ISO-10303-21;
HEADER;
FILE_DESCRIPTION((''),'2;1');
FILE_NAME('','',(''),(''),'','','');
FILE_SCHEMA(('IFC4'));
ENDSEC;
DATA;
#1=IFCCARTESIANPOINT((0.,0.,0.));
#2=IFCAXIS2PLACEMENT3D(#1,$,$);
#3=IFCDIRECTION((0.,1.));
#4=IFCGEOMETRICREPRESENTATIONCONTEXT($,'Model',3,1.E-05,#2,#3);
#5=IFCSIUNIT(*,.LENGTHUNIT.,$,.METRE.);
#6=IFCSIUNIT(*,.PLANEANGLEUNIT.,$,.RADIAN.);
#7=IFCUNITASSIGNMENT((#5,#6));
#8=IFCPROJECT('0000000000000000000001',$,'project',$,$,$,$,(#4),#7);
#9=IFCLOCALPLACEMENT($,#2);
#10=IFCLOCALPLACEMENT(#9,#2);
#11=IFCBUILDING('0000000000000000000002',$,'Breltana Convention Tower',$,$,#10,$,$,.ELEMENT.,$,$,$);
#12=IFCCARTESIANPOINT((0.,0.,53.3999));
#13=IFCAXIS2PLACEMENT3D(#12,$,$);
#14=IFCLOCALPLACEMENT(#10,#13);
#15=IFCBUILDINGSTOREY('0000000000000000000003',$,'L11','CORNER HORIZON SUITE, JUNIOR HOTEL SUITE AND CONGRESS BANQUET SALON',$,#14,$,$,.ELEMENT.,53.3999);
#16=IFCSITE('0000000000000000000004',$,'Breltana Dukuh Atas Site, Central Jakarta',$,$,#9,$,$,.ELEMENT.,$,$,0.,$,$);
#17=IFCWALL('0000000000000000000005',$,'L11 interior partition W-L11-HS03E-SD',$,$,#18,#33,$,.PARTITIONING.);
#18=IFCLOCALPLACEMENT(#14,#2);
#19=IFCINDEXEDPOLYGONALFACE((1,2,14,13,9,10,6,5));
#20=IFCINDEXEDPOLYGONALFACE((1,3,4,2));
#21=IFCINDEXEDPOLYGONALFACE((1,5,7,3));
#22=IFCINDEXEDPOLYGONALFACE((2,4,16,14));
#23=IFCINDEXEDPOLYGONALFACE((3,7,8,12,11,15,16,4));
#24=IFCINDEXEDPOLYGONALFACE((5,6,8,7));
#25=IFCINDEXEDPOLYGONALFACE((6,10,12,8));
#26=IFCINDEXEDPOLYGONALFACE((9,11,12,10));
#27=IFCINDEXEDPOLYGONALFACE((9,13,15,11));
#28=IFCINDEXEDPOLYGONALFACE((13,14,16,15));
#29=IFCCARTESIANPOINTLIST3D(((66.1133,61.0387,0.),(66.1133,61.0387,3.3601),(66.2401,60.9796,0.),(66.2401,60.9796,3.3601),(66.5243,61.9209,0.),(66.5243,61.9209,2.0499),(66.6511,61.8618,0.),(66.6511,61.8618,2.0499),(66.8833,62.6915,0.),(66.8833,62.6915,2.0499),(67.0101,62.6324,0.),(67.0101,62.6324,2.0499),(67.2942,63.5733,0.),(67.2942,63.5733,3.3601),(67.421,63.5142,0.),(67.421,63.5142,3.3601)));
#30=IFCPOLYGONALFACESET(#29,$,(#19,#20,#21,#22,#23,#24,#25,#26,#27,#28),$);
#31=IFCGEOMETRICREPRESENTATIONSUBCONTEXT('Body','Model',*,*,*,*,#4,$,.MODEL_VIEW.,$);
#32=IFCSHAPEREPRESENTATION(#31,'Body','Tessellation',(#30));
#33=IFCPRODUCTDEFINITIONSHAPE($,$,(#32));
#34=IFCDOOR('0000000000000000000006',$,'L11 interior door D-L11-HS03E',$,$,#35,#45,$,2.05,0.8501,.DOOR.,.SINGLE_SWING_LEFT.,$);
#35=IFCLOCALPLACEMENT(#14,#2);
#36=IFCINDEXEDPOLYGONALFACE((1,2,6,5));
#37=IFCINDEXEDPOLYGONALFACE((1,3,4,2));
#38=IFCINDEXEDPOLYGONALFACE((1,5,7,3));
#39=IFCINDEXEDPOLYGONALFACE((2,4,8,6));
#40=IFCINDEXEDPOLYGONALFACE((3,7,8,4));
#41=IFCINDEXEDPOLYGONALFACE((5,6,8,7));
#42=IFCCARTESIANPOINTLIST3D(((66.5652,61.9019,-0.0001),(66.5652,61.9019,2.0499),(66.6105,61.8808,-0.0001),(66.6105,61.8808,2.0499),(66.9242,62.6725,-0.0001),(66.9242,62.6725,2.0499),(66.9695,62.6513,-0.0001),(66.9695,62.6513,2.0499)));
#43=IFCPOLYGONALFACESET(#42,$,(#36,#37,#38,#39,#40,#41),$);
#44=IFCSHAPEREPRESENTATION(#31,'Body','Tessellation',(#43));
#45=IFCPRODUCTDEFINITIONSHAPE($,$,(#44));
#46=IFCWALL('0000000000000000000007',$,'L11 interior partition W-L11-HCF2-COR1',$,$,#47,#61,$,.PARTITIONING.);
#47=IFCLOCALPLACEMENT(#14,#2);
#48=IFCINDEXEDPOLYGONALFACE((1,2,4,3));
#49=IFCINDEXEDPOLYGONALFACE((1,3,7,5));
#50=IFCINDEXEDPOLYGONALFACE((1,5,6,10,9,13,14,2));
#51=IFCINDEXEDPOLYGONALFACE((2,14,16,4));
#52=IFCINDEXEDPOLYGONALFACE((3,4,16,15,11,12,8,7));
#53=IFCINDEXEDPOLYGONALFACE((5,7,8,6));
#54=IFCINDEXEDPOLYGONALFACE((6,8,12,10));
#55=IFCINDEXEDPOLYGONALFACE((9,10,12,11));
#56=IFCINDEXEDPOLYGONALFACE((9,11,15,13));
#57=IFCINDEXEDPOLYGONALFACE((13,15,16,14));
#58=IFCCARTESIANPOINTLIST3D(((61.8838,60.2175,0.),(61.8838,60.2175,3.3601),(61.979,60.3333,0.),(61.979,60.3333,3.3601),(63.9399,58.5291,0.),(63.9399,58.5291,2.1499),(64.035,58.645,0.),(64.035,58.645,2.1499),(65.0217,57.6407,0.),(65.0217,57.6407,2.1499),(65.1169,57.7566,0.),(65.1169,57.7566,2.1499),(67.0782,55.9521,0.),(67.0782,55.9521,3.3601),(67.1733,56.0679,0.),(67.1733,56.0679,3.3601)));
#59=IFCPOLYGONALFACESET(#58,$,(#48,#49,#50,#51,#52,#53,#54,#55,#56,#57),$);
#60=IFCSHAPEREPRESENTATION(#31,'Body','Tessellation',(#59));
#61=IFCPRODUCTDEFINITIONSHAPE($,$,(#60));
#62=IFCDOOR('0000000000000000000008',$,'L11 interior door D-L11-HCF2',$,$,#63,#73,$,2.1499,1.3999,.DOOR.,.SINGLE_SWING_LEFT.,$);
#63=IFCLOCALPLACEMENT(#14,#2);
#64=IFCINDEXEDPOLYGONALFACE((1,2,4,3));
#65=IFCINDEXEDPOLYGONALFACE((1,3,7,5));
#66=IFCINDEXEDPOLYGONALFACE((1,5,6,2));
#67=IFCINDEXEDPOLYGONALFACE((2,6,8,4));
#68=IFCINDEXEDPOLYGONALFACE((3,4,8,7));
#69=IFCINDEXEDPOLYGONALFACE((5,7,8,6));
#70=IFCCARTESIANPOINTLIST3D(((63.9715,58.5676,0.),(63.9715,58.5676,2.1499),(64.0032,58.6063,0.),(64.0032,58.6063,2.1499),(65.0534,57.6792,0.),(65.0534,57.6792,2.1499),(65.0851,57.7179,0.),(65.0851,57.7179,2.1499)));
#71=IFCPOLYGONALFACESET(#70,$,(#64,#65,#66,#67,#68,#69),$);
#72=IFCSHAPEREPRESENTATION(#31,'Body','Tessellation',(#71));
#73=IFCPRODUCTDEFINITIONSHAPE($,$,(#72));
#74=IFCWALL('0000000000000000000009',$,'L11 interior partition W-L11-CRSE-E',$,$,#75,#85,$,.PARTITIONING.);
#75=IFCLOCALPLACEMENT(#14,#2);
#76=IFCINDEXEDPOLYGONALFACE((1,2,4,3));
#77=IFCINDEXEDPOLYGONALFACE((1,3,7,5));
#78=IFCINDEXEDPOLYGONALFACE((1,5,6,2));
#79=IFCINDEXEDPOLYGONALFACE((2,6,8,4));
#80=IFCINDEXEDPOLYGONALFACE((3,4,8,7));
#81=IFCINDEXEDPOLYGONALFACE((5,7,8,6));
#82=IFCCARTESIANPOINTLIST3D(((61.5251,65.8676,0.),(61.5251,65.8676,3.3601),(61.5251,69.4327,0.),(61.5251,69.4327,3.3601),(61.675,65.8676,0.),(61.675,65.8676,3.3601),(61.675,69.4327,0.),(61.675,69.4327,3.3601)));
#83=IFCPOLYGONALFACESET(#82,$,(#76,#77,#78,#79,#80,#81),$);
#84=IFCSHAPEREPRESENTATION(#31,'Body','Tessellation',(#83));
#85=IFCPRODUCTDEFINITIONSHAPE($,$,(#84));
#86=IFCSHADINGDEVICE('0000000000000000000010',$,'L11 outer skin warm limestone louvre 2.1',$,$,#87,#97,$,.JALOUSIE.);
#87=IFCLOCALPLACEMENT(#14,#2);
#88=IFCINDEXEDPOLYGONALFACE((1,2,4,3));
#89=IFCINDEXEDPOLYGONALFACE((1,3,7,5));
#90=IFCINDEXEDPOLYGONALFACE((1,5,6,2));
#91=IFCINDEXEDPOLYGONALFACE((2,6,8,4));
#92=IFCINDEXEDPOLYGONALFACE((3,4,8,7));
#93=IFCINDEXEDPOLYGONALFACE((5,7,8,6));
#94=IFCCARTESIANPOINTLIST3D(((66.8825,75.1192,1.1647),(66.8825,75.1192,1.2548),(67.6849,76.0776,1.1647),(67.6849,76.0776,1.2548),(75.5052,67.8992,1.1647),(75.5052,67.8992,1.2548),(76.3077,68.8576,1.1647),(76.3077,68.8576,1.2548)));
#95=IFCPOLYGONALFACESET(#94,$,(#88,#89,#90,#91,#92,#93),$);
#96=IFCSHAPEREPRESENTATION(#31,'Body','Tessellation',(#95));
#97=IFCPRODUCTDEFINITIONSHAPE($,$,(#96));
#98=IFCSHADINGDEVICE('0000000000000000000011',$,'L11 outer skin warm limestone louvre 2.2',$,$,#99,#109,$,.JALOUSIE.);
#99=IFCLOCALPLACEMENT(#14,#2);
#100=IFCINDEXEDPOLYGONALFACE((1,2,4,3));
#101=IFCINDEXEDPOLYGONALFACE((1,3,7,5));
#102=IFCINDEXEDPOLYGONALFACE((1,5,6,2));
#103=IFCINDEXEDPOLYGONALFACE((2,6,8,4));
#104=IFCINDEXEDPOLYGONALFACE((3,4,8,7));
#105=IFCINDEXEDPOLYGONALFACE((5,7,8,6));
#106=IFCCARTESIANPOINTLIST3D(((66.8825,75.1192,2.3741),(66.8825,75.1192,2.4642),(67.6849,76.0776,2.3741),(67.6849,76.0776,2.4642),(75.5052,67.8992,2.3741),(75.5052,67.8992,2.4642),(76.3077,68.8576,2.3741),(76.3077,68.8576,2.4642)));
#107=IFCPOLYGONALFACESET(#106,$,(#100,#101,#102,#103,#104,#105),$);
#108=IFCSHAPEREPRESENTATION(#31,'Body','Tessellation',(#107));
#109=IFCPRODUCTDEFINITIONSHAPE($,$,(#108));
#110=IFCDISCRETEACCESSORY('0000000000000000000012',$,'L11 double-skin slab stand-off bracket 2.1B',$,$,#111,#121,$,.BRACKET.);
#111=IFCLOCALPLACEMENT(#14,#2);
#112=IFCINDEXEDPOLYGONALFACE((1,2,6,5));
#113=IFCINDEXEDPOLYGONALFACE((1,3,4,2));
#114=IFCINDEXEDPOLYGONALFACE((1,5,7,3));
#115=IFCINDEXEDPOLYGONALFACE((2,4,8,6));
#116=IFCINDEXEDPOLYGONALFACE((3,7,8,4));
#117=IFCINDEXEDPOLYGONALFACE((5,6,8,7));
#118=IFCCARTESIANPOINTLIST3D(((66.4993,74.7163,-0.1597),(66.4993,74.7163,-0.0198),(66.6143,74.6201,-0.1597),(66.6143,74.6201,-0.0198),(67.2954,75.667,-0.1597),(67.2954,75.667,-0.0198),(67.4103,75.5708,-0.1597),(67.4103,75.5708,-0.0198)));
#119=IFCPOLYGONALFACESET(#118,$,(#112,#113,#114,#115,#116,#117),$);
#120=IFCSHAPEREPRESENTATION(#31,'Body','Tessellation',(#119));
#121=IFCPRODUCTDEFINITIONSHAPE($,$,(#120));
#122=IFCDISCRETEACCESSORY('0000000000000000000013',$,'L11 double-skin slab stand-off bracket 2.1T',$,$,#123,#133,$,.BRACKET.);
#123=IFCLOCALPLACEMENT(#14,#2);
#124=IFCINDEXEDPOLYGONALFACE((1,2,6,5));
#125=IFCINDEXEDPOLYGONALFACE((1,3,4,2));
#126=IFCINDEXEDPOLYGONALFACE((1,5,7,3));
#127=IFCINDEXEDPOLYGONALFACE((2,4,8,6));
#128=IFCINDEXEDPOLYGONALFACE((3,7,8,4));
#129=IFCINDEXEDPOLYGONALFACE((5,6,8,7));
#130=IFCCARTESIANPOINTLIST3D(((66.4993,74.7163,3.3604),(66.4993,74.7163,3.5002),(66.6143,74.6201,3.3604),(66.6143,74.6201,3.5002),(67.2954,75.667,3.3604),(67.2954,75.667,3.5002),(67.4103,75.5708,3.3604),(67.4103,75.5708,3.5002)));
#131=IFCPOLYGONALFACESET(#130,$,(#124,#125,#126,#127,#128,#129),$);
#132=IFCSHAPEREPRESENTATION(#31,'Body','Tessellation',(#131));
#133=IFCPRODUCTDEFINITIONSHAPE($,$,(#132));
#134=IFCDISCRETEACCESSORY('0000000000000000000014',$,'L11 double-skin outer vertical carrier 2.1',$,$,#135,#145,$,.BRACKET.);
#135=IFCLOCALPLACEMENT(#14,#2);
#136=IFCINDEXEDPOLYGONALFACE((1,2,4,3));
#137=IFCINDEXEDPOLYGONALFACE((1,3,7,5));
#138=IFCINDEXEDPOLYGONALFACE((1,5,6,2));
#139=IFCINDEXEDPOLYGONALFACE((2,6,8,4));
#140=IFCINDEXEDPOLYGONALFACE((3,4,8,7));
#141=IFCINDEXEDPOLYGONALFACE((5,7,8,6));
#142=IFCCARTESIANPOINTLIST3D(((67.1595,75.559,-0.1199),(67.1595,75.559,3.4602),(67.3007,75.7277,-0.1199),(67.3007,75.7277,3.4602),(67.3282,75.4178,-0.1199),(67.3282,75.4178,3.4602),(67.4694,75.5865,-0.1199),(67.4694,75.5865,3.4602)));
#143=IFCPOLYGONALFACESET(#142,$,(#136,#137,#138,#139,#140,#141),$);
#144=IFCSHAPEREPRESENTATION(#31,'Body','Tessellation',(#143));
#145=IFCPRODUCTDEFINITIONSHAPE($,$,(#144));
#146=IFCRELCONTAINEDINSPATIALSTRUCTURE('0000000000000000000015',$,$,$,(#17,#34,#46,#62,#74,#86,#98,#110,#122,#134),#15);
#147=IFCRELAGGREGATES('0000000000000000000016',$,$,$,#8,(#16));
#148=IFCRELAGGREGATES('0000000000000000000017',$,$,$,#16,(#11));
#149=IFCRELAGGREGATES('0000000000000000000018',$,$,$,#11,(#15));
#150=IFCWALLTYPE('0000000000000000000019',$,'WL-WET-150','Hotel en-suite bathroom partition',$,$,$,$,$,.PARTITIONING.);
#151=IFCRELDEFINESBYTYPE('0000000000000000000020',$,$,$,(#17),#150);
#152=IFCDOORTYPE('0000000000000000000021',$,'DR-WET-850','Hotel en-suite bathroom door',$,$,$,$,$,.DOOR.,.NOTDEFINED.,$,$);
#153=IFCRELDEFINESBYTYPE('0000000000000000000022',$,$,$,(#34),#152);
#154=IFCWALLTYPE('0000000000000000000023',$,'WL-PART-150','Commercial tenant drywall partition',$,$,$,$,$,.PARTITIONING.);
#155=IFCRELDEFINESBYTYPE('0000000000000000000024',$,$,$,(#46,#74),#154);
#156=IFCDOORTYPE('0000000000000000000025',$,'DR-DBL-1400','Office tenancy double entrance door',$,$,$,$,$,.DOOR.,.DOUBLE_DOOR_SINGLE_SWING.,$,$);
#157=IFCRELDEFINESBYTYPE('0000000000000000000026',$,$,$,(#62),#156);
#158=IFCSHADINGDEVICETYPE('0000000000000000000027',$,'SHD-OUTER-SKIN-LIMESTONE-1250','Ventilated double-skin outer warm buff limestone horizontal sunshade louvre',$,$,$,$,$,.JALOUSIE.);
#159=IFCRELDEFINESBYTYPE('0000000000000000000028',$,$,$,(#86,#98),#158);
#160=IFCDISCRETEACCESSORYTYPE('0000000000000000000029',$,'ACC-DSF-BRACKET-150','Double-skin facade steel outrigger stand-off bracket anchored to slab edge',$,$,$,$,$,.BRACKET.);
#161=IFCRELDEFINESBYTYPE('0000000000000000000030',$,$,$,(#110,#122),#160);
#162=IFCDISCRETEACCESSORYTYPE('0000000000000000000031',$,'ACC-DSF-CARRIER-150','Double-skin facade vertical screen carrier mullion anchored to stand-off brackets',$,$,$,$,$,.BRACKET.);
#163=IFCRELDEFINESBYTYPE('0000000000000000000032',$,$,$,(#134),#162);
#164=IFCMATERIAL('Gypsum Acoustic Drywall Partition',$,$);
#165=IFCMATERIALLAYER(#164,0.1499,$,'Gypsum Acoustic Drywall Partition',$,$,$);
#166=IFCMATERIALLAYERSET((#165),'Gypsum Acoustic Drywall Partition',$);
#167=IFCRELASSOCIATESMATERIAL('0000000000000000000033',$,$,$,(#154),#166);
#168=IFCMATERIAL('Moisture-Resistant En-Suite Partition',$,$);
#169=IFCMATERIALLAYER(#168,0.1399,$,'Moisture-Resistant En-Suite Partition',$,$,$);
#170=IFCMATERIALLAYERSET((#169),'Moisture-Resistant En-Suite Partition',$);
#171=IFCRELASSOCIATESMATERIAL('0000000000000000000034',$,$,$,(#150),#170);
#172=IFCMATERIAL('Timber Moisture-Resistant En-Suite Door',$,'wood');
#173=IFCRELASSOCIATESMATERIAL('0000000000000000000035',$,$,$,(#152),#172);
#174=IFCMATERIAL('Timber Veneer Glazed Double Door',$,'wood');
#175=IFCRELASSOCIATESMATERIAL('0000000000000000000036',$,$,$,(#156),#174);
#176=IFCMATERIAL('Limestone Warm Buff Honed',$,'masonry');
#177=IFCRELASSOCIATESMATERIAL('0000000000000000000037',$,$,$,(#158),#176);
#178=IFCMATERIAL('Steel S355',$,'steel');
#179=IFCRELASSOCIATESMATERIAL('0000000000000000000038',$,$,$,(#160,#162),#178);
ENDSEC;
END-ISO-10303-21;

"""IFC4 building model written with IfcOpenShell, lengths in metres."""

from ifc_helpers import new_model, si_unit, direction, frame, frame_2d, origin, origin_2d, place, context, subcontext, project, spatial, rectangle, extrude, source, transform, mapped, material, layer, layer_set, material_profile, profile_set, type_object, type_shapes, element, fill, save


model = new_model("IFC4")

# Units and contexts
model_context = context("Model", 3, precision=1e-05, world=origin(), true_north=direction((0.0, 1.0)))
body_context = subcontext(model_context, "Body", "Model", "MODEL_VIEW")
ifc_project = project(units=[si_unit("LENGTHUNIT", "METRE"), si_unit("PLANEANGLEUNIT", "RADIAN")], contexts=[model_context])

# Site, building, storey
site_placement = place(None, origin())
site = spatial("IfcSite", under=ifc_project, at=site_placement, Name="Breltana Dukuh Atas Site, Central Jakarta", CompositionType="ELEMENT", RefElevation=0.0)
building_placement = place(site_placement, origin())
building = spatial("IfcBuilding", under=site, at=building_placement, Name="Breltana Convention Tower", CompositionType="ELEMENT")
storey_placement = place(building_placement, frame((0.0, 0.0, 53.3999)))
storey = spatial("IfcBuildingStorey", under=building, at=storey_placement, Name="L11", Description="CORNER HORIZON SUITE, JUNIOR HOTEL SUITE AND CONGRESS BANQUET SALON", CompositionType="ELEMENT", Elevation=53.3999)

# Shared definitions
ifc_material_1 = material(Name="Gypsum Acoustic Drywall Partition")
ifc_layer_1 = layer(ifc_material_1, 0.1499, Name="Gypsum Acoustic Drywall Partition")
ifc_layer_set_1 = layer_set([ifc_layer_1], Name="Gypsum Acoustic Drywall Partition")
wall_type_1 = type_object("IfcWallType", Name="WL-PART-150", Description="Commercial tenant drywall partition", PredefinedType="PARTITIONING", material=ifc_layer_set_1)

# Shared definitions
ifc_material_2 = material(Name="Moisture-Resistant En-Suite Partition")
ifc_layer_2 = layer(ifc_material_2, 0.1399, Name="Moisture-Resistant En-Suite Partition")
ifc_layer_set_2 = layer_set([ifc_layer_2], Name="Moisture-Resistant En-Suite Partition")
wall_type_2 = type_object("IfcWallType", Name="WL-WET-150", Description="Hotel en-suite bathroom partition", PredefinedType="PARTITIONING", material=ifc_layer_set_2)

# Walls, openings, doors
shared_shape_1 = source(origin(), body_context, "Body", "SweptSolid", [
    extrude(rectangle(XDim=2.7961, YDim=0.1399, at=frame_2d((1.3979, 0.0))), origin(), (0.0, 0.0, 1.0), 3.3601),
])
wall_1_placement = place(storey_placement, frame((66.1768, 61.0093, 0.0), z_axis=(0.0, 0.0, 1.0), x_axis=(0.422317, 0.906448, 0.0)))
wall_1 = element("IfcWall", 1, at=wall_1_placement, inside=storey, type_object=wall_type_2, Name="L11 interior partition W-L11-HS03E-SD", PredefinedType="PARTITIONING", context=body_context, shape_type="MappedRepresentation", body=[
    mapped(shared_shape_1, transform((0.0, 0.0, 0.0), scale=1.0)),
])
opening_1_placement = place(wall_1_placement, frame((0.9731, 0.0, 0.0)))
opening_1 = element("IfcOpeningElement", 2, at=opening_1_placement, cuts=wall_1, PredefinedType="OPENING", context=body_context, shape_type="SweptSolid", body=[
    extrude(rectangle(XDim=0.8501, YDim=2.05, at=frame_2d((0.425, 1.0249))), frame((0.0, 0.0801, 0.0), z_axis=(0.0, -1.0, 0.0), x_axis=(1.0, 0.0, 0.0)), (0.0, 0.0, 1.0), 0.1599),
])
ifc_material_3 = material(Name="Timber Moisture-Resistant En-Suite Door", Category="wood")
door_type_1 = type_object("IfcDoorType", Name="DR-WET-850", Description="Hotel en-suite bathroom door", OperationType="NOTDEFINED", PredefinedType="DOOR", material=ifc_material_3)
shared_shape_2 = source(origin(), body_context, "Body", "SweptSolid", [
    extrude(rectangle(XDim=0.8501, YDim=2.05, at=frame_2d((0.425, 1.0249))), frame((0.0, 0.0249, 0.0), z_axis=(0.0, -1.0, 0.0), x_axis=(1.0, 0.0, 0.0)), (0.0, 0.0, 1.0), 0.05),
])
type_shapes(door_type_1, [shared_shape_2])
door_1_placement = place(opening_1_placement, origin())
door_1 = element("IfcDoor", 3, at=door_1_placement, inside=storey, type_object=door_type_1, Name="L11 interior door D-L11-HS03E", OperationType="SINGLE_SWING_LEFT", OverallHeight=2.05, OverallWidth=0.8501, PredefinedType="DOOR", context=body_context, shape_type="MappedRepresentation", body=[
    mapped(shared_shape_2, transform((0.0, 0.0, 0.0), scale=1.0)),
])
fill(opening_1, door_1)
shared_shape_3 = source(origin(), body_context, "Body", "SweptSolid", [
    extrude(rectangle(XDim=6.7212, YDim=0.1499, at=frame_2d((3.3606, 0.0))), origin(), (0.0, 0.0, 1.0), 3.3601),
])
wall_2_placement = place(storey_placement, frame((61.9314, 60.2754, 0.0), z_axis=(0.0, 0.0, 1.0), x_axis=(0.772828, -0.634615, 0.0)))
wall_2 = element("IfcWall", 4, at=wall_2_placement, inside=storey, type_object=wall_type_1, Name="L11 interior partition W-L11-HCF2-COR1", PredefinedType="PARTITIONING", context=body_context, shape_type="MappedRepresentation", body=[
    mapped(shared_shape_3, transform((0.0, 0.0, 0.0), scale=1.0)),
])
opening_2_placement = place(wall_2_placement, frame((2.6604, 0.0, 0.0)))
opening_2 = element("IfcOpeningElement", 5, at=opening_2_placement, cuts=wall_2, PredefinedType="OPENING", context=body_context, shape_type="SweptSolid", body=[
    extrude(rectangle(XDim=1.3999, YDim=2.1499, at=frame_2d((0.7, 1.075))), frame((0.0, 0.085, 0.0), z_axis=(0.0, -1.0, 0.0), x_axis=(1.0, 0.0, 0.0)), (0.0, 0.0, 1.0), 0.1699),
])
ifc_material_4 = material(Name="Timber Veneer Glazed Double Door", Category="wood")
door_type_2 = type_object("IfcDoorType", Name="DR-DBL-1400", Description="Office tenancy double entrance door", OperationType="DOUBLE_DOOR_SINGLE_SWING", PredefinedType="DOOR", material=ifc_material_4)
shared_shape_4 = source(origin(), body_context, "Body", "SweptSolid", [
    extrude(rectangle(XDim=1.3999, YDim=2.1499, at=frame_2d((0.7, 1.075))), frame((0.0, 0.0249, 0.0), z_axis=(0.0, -1.0, 0.0), x_axis=(1.0, 0.0, 0.0)), (0.0, 0.0, 1.0), 0.05),
])
type_shapes(door_type_2, [shared_shape_4])
door_2_placement = place(opening_2_placement, origin())
door_2 = element("IfcDoor", 6, at=door_2_placement, inside=storey, type_object=door_type_2, Name="L11 interior door D-L11-HCF2", OperationType="SINGLE_SWING_LEFT", OverallHeight=2.1499, OverallWidth=1.3999, PredefinedType="DOOR", context=body_context, shape_type="MappedRepresentation", body=[
    mapped(shared_shape_4, transform((0.0, 0.0, 0.0), scale=1.0)),
])
fill(opening_2, door_2)

# Wall
shared_shape_5 = source(origin(), body_context, "Body", "SweptSolid", [
    extrude(rectangle(XDim=3.5652, YDim=0.1499, at=frame_2d((1.7827, 0.0))), origin(), (0.0, 0.0, 1.0), 3.3601),
])
wall_3_placement = place(storey_placement, frame((61.6001, 65.8674, 0.0), z_axis=(0.0, 0.0, 1.0), x_axis=(0.0, 1.0, 0.0)))
element("IfcWall", 7, at=wall_3_placement, inside=storey, type_object=wall_type_1, Name="L11 interior partition W-L11-CRSE-E", PredefinedType="PARTITIONING", context=body_context, shape_type="MappedRepresentation", body=[
    mapped(shared_shape_5, transform((0.0, 0.0, 0.0), scale=1.0)),
])

# Shading devices
ifc_material_5 = material(Name="Limestone Warm Buff Honed", Category="masonry")
ifc_material_profile_1 = material_profile(ifc_material_5, rectangle(XDim=1.25, YDim=0.0901, at=origin_2d()), Name="STN-LVR-1250X90")
ifc_profile_set_1 = profile_set([ifc_material_profile_1], Name="Limestone Warm Buff Honed")
shading_device_type = type_object("IfcShadingDeviceType", Name="SHD-OUTER-SKIN-LIMESTONE-1250", Description="Ventilated double-skin outer warm buff limestone horizontal sunshade louvre", PredefinedType="JALOUSIE", material=ifc_profile_set_1)
shared_shape_6 = source(origin(), body_context, "Body", "SweptSolid", [
    extrude(rectangle(XDim=1.25, YDim=0.0901, at=origin_2d()), origin(), (0.0, 0.0, 1.0), 11.2463),
])
for number, where, z_axis, x_axis, name in (
    (8, (67.2837, 75.5984, 1.2097), (0.766719, -0.641983, 0.0), (0.641983, 0.766719, 0.0), "L11 outer skin warm limestone louvre 2.1"),
    (9, (67.2837, 75.5984, 2.4192), (0.766719, -0.641983, 0.0), (0.641983, 0.766719, 0.0), "L11 outer skin warm limestone louvre 2.2"),
):
    element("IfcShadingDevice", number, at=place(storey_placement, frame(where, z_axis=z_axis, x_axis=x_axis)), inside=storey, type_object=shading_device_type, Name=name, PredefinedType="JALOUSIE", context=body_context, shape_type="MappedRepresentation", body=[
        mapped(shared_shape_6, transform((0.0, 0.0, 0.0), scale=1.0)),
    ])

# Discrete accessories
ifc_material_6 = material(Name="Steel S355", Category="steel")
discrete_accessory_type_1 = type_object("IfcDiscreteAccessoryType", Name="ACC-DSF-BRACKET-150", Description="Double-skin facade steel outrigger stand-off bracket anchored to slab edge", PredefinedType="BRACKET", material=ifc_material_6)
shared_shape_7 = source(origin(), body_context, "Body", "SweptSolid", [
    extrude(rectangle(XDim=1.24, YDim=0.1499, at=origin_2d()), origin(), (0.0, 0.0, 1.0), 0.1399),
])
type_shapes(discrete_accessory_type_1, [shared_shape_7])
for number, where, z_axis, x_axis, name in (
    (10, (66.9548, 75.1436, -0.1597), (0.0, 0.0, 1.0), (0.64199, 0.766713, 0.0), "L11 double-skin slab stand-off bracket 2.1B"),
    (11, (66.9548, 75.1436, 3.3604), (0.0, 0.0, 1.0), (0.64199, 0.766713, 0.0), "L11 double-skin slab stand-off bracket 2.1T"),
):
    element("IfcDiscreteAccessory", number, at=place(storey_placement, frame(where, z_axis=z_axis, x_axis=x_axis)), inside=storey, type_object=discrete_accessory_type_1, Name=name, PredefinedType="BRACKET", context=body_context, shape_type="MappedRepresentation", body=[
        mapped(shared_shape_7, transform((0.0, 0.0, 0.0), scale=1.0)),
    ])
discrete_accessory_type_2 = type_object("IfcDiscreteAccessoryType", Name="ACC-DSF-CARRIER-150", Description="Double-skin facade vertical screen carrier mullion anchored to stand-off brackets", PredefinedType="BRACKET", material=ifc_material_6)
shared_shape_8 = source(origin(), body_context, "Body", "SweptSolid", [
    extrude(rectangle(XDim=0.22, YDim=0.22, at=origin_2d()), origin(), (0.0, 0.0, 1.0), 3.5801),
])
discrete_accessory_placement = place(storey_placement, frame((67.3145, 75.5728, -0.1199), z_axis=(0.0, 0.0, 1.0), x_axis=(0.64199, 0.766713, 0.0)))
element("IfcDiscreteAccessory", 12, at=discrete_accessory_placement, inside=storey, type_object=discrete_accessory_type_2, Name="L11 double-skin outer vertical carrier 2.1", PredefinedType="BRACKET", context=body_context, shape_type="MappedRepresentation", body=[
    mapped(shared_shape_8, transform((0.0, 0.0, 0.0), scale=1.0)),
])

save(model, "model.ifc")
